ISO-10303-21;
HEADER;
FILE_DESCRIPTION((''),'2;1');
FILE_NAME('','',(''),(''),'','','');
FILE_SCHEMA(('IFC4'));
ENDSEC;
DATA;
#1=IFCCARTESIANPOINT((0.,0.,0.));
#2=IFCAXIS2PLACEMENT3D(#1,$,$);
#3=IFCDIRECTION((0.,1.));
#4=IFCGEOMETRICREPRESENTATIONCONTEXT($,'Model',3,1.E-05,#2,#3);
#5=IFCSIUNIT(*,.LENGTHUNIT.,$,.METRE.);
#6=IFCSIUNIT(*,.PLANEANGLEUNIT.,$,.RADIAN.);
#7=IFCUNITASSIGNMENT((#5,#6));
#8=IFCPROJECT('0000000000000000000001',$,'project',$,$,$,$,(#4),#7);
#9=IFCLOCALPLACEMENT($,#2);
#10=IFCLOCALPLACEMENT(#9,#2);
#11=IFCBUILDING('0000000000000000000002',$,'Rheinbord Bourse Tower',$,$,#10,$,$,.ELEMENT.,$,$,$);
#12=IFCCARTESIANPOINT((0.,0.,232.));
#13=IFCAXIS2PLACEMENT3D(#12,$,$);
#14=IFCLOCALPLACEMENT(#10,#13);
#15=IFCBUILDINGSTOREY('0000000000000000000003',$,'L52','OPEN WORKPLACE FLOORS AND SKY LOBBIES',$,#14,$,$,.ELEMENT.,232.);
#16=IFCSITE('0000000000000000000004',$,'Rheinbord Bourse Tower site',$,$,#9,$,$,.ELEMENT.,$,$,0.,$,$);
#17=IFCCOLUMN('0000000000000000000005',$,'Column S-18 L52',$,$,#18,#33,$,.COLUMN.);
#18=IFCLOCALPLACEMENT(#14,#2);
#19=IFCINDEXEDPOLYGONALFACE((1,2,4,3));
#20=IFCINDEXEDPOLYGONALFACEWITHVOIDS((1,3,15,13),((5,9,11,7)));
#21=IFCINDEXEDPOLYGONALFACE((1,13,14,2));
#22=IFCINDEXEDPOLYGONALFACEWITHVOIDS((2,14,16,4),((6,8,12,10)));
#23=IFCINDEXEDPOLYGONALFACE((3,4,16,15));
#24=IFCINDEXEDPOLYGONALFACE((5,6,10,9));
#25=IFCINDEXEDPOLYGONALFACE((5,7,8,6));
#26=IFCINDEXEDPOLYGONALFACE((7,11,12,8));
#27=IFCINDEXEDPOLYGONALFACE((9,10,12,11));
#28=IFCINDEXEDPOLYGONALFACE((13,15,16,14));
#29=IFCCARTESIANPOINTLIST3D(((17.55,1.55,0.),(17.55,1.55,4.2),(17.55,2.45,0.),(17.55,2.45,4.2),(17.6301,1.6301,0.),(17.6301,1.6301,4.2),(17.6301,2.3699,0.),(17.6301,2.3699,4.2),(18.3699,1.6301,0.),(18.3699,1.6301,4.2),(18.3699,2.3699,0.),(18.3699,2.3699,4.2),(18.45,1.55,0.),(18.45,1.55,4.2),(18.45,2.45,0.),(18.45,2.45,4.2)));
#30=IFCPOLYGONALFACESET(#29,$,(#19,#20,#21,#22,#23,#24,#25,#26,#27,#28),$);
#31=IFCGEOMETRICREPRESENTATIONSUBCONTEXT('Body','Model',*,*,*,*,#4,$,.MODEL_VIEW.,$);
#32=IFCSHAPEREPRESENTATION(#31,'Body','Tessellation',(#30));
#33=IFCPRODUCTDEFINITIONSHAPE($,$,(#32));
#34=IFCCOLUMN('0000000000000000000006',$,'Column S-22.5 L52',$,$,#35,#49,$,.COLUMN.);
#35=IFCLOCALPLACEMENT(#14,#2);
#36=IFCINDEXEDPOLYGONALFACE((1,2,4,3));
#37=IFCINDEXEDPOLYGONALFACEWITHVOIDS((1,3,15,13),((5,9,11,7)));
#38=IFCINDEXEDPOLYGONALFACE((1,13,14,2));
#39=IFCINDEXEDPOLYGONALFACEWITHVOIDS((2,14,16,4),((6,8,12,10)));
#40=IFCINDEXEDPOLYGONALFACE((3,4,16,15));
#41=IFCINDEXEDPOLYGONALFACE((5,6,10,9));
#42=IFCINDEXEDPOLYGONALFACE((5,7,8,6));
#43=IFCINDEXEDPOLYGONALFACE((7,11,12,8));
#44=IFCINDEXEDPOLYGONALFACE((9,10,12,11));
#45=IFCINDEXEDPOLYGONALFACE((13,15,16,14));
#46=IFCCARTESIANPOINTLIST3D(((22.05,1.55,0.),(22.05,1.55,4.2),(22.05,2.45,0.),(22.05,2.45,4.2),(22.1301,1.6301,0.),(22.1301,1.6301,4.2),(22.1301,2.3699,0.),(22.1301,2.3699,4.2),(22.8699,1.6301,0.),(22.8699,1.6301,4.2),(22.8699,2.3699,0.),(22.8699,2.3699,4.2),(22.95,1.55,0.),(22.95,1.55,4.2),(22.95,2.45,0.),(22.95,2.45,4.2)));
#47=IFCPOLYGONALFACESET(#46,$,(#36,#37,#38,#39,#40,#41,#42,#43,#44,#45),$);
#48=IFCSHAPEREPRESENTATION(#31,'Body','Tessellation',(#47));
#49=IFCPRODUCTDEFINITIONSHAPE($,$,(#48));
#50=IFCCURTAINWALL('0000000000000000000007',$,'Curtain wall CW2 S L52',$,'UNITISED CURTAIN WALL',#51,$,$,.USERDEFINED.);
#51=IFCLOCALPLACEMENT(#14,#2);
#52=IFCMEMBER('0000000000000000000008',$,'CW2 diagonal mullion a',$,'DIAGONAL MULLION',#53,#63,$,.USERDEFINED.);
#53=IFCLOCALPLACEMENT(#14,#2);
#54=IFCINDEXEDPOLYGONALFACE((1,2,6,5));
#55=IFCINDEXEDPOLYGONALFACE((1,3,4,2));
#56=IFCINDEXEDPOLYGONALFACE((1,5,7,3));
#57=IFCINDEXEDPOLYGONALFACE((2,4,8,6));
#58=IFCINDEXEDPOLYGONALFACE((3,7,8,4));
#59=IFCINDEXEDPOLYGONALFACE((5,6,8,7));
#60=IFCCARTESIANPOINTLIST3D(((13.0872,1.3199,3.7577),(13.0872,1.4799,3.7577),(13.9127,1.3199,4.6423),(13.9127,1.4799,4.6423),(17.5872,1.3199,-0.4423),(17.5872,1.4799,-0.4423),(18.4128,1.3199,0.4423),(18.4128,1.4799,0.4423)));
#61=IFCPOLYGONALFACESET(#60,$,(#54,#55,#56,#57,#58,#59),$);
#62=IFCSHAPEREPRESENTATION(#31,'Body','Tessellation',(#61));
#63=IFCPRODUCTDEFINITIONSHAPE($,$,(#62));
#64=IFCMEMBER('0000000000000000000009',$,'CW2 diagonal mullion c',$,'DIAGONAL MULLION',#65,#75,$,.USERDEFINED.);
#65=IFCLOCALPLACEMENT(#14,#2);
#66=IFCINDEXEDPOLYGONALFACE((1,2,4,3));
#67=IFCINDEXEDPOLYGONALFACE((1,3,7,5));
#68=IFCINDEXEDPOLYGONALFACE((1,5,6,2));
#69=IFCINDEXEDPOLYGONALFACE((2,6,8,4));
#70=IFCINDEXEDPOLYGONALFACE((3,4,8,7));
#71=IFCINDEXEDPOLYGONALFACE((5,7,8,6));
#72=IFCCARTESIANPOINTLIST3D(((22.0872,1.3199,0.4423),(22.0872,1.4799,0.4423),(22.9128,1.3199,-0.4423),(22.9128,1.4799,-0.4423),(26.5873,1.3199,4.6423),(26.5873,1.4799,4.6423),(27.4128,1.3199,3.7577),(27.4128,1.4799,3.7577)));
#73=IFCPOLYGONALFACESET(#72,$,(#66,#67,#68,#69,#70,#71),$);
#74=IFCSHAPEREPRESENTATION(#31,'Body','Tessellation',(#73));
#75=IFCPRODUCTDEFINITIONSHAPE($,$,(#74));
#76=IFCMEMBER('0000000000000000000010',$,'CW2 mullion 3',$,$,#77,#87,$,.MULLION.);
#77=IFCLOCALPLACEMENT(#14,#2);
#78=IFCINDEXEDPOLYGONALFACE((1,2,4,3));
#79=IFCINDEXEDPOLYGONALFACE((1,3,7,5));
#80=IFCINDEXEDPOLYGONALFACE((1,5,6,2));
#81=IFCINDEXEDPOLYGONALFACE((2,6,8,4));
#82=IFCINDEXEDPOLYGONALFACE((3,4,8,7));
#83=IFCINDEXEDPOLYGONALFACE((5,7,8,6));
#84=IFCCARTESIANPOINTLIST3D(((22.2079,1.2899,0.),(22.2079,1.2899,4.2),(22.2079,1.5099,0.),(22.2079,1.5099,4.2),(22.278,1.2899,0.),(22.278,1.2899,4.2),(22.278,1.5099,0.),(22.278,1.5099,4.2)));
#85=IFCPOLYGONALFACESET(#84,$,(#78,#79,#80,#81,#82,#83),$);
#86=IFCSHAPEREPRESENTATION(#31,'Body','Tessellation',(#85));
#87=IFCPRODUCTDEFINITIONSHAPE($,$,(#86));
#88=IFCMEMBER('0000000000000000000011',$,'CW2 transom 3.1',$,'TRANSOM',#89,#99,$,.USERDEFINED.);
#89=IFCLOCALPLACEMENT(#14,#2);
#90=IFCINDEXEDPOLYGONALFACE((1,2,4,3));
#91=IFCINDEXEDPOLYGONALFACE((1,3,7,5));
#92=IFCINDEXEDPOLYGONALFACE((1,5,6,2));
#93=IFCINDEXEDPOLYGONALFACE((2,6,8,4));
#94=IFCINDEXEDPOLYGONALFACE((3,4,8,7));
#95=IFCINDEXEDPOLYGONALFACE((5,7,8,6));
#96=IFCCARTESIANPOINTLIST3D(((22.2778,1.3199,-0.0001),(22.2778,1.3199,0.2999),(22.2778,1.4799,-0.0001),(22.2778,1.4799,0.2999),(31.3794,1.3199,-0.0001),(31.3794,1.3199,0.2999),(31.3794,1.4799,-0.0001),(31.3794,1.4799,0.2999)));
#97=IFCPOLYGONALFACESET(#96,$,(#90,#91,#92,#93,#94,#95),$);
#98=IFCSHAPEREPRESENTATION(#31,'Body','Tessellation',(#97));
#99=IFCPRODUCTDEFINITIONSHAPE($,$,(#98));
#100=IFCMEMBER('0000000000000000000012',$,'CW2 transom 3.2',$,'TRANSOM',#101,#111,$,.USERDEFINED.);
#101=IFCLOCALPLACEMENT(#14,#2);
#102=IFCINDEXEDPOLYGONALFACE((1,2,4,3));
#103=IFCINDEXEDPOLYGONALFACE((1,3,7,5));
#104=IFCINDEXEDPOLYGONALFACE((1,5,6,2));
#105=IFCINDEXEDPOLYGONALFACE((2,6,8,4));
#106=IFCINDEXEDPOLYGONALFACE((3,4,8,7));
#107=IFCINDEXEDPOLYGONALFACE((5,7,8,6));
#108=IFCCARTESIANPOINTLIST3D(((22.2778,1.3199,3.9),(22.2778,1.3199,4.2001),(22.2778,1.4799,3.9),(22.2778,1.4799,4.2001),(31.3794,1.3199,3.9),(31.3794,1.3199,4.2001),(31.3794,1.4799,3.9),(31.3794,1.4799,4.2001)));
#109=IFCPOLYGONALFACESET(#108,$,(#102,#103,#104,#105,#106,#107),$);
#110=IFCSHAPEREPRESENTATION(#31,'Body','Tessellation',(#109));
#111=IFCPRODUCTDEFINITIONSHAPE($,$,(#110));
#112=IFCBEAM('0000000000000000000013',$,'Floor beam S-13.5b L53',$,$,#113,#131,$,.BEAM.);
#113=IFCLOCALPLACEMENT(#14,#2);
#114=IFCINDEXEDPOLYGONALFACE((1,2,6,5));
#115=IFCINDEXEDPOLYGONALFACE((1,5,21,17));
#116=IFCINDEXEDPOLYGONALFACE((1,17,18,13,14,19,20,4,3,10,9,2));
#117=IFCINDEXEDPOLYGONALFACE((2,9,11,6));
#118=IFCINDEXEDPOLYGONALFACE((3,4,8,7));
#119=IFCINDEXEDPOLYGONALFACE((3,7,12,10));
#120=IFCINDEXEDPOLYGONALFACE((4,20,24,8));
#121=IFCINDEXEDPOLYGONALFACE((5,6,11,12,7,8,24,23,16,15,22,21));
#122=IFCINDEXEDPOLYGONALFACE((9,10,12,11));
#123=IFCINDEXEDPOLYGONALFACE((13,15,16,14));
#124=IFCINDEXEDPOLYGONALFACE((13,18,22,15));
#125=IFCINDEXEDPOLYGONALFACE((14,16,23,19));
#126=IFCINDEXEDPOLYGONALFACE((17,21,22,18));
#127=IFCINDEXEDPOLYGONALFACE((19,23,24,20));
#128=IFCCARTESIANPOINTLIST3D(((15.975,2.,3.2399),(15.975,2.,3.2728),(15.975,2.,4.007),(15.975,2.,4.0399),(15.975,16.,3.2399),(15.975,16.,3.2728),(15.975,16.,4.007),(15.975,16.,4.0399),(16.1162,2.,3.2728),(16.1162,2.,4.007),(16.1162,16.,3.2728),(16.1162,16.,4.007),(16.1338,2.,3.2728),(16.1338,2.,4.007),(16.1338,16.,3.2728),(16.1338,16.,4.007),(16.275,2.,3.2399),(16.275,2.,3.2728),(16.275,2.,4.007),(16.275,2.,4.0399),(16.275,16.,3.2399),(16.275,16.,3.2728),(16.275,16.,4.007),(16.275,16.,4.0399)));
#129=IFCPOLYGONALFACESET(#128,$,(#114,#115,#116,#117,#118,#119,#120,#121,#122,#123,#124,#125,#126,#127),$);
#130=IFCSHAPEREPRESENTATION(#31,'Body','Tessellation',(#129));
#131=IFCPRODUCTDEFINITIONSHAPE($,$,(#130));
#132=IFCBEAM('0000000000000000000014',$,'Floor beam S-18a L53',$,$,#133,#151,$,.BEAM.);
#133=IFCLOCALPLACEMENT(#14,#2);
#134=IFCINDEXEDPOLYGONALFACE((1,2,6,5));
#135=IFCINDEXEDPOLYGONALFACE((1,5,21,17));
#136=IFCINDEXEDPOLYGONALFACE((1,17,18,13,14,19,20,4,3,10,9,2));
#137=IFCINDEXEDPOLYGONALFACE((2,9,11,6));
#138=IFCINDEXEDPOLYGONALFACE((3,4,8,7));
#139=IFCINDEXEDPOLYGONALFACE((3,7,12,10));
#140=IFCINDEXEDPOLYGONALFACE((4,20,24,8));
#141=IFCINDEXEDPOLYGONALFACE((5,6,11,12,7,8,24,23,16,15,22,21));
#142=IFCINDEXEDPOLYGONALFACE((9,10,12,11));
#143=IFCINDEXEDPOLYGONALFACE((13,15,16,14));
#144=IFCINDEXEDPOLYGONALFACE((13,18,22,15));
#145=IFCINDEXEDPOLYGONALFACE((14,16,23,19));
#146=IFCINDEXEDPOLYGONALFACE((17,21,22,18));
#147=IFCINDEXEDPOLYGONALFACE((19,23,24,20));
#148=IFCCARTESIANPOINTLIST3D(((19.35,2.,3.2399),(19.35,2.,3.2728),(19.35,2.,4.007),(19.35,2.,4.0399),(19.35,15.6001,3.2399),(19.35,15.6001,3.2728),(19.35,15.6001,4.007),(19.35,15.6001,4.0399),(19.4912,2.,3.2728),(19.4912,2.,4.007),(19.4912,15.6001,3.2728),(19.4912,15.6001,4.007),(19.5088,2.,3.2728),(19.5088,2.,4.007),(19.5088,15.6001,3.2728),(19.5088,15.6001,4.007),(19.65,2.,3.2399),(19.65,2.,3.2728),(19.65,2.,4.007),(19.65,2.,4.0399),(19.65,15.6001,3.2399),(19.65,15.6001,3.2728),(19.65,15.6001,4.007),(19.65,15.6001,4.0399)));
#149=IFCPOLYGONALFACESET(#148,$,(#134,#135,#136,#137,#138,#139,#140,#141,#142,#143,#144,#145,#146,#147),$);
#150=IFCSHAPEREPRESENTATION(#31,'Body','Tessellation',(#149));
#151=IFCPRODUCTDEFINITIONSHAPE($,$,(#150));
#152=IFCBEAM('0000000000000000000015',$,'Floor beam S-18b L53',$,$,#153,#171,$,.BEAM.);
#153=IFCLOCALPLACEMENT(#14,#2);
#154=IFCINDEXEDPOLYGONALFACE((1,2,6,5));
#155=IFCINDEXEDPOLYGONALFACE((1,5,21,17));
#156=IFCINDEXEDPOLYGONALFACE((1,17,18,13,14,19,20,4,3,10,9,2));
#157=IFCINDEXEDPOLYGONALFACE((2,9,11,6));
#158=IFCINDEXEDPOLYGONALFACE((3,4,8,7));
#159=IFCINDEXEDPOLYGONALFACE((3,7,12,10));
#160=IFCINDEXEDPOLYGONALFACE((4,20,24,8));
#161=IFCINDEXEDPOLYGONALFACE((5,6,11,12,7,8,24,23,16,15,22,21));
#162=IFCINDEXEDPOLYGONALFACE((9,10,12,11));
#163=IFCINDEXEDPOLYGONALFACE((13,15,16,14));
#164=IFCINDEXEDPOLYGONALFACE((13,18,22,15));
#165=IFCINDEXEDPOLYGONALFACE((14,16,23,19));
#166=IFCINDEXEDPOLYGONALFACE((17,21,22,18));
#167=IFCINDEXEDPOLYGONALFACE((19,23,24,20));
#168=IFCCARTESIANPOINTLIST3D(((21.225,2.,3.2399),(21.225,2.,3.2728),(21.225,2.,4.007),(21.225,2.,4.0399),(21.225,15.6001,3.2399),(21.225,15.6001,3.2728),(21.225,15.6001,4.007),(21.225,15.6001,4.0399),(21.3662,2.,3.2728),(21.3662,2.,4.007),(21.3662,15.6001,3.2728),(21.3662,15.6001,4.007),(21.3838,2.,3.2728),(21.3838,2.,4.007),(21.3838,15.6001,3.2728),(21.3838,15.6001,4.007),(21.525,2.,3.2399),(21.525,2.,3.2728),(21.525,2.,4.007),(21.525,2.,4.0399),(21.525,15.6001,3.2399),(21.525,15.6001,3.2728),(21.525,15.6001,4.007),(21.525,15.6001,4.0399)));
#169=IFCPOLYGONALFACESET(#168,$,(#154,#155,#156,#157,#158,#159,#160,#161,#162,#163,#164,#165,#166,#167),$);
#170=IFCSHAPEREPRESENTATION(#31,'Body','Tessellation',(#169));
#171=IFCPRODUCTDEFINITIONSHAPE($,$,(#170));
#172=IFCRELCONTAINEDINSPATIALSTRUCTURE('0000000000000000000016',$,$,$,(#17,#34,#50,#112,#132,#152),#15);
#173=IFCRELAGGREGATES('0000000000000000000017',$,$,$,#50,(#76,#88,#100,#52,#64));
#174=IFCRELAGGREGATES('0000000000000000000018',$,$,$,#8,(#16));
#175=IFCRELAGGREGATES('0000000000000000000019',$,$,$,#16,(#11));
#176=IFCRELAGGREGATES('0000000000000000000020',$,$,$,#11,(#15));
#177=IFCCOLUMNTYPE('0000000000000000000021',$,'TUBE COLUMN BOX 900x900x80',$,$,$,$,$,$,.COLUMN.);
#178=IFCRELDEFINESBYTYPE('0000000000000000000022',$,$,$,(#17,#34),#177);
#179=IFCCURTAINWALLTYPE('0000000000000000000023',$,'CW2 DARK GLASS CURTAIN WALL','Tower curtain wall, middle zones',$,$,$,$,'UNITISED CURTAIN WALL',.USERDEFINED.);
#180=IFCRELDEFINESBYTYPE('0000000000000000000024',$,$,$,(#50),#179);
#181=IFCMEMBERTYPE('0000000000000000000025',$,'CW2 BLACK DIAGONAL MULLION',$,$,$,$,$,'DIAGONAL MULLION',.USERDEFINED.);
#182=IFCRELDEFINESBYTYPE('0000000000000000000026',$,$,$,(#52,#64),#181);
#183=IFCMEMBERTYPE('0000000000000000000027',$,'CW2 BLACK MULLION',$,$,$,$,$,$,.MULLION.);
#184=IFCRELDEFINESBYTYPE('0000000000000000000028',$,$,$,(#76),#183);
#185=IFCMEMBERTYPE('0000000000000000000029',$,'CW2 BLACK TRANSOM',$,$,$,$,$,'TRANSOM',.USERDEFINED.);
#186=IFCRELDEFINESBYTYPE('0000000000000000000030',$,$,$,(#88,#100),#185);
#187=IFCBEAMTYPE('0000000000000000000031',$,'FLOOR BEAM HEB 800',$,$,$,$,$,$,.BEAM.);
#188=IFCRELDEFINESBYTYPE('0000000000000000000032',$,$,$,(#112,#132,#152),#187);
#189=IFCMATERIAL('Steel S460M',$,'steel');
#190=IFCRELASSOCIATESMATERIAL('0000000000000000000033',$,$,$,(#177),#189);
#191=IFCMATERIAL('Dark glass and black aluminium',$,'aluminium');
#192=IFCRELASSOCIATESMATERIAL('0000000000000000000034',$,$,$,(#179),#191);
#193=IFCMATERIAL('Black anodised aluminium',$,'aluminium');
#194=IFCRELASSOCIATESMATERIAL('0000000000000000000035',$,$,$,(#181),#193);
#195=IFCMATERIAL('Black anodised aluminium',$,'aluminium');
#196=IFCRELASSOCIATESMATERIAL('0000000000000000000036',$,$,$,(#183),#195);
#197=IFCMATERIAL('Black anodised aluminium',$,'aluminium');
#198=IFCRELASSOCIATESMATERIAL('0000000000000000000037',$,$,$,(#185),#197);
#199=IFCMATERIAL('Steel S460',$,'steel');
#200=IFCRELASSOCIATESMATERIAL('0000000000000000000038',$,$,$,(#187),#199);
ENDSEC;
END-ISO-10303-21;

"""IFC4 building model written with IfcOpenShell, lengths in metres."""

from ifc_helpers import new_model, si_unit, direction, frame, origin, origin_2d, place, context, subcontext, project, spatial, rectangle, hollow_rectangle, i_section, extrude, material, material_profile, profile_set, type_object, element, aggregate, save


model = new_model("IFC4")

# Units and contexts
model_context = context("Model", 3, precision=1e-05, world=origin(), true_north=direction((0.0, 1.0)))
body_context = subcontext(model_context, "Body", "Model", "MODEL_VIEW")
ifc_project = project(units=[si_unit("LENGTHUNIT", "METRE"), si_unit("PLANEANGLEUNIT", "RADIAN")], contexts=[model_context])

# Site, building, storey
site_placement = place(None, origin())
site = spatial("IfcSite", under=ifc_project, at=site_placement, Name="Rheinbord Bourse Tower site", CompositionType="ELEMENT", RefElevation=0.0)
building_placement = place(site_placement, origin())
building = spatial("IfcBuilding", under=site, at=building_placement, Name="Rheinbord Bourse Tower", CompositionType="ELEMENT")
storey_placement = place(building_placement, frame((0.0, 0.0, 232.0)))
storey = spatial("IfcBuildingStorey", under=building, at=storey_placement, Name="L52", Description="OPEN WORKPLACE FLOORS AND SKY LOBBIES", CompositionType="ELEMENT", Elevation=232.0)

# Columns
ifc_material_1 = material(Name="Steel S460M", Category="steel")
ifc_material_profile_1 = material_profile(ifc_material_1, hollow_rectangle(XDim=0.8999, YDim=0.8999, WallThickness=0.0801, at=origin_2d()), Name="BOX 900x900x80")
ifc_profile_set_1 = profile_set([ifc_material_profile_1], Name="Steel S460M")
column_type = type_object("IfcColumnType", Name="TUBE COLUMN BOX 900x900x80", PredefinedType="COLUMN", material=ifc_profile_set_1)
for number, where, z_axis, x_axis, name in (
    (1, (18.0, 2.0, 0.0), (0.0, 0.0, 1.0), (0.0, 1.0, 0.0), "Column S-18 L52"),
    (2, (22.5, 2.0, 0.0), (0.0, 0.0, 1.0), (0.0, 1.0, 0.0), "Column S-22.5 L52"),
):
    element("IfcColumn", number, at=place(storey_placement, frame(where, z_axis=z_axis, x_axis=x_axis)), inside=storey, type_object=column_type, Name=name, PredefinedType="COLUMN", context=body_context, shape_type="SweptSolid", body=[
        extrude(hollow_rectangle(XDim=0.8999, YDim=0.8999, WallThickness=0.0801, at=origin_2d()), origin(), (0.0, 0.0, 1.0), 4.2),
    ])

# Curtain wall, members
ifc_material_2 = material(Name="Dark glass and black aluminium", Category="aluminium")
curtain_wall_type = type_object("IfcCurtainWallType", Name="CW2 DARK GLASS CURTAIN WALL", Description="Tower curtain wall, middle zones", ElementType="UNITISED CURTAIN WALL", PredefinedType="USERDEFINED", material=ifc_material_2)
curtain_wall_placement = place(storey_placement, origin())
curtain_wall = element("IfcCurtainWall", 3, at=curtain_wall_placement, inside=storey, type_object=curtain_wall_type, Name="Curtain wall CW2 S L52", ObjectType="UNITISED CURTAIN WALL", PredefinedType="USERDEFINED")
ifc_material_3 = material(Name="Black anodised aluminium", Category="aluminium")
ifc_material_profile_2 = material_profile(ifc_material_3, rectangle(XDim=0.1599, YDim=1.21, at=origin_2d()), Name="CW2 DIAGONAL MULLION 1210x160")
ifc_profile_set_2 = profile_set([ifc_material_profile_2], Name="Black anodised aluminium")
member_type_1 = type_object("IfcMemberType", Name="CW2 BLACK DIAGONAL MULLION", ElementType="DIAGONAL MULLION", PredefinedType="USERDEFINED", material=ifc_profile_set_2)
member_1_placement = place(storey_placement, frame((18.0, 1.3999, 0.0), z_axis=(-0.731059, 0.0, 0.682314), x_axis=(0.0, -1.0, 0.0)))
member_1 = element("IfcMember", 4, at=member_1_placement, type_object=member_type_1, Name="CW2 diagonal mullion a", ObjectType="DIAGONAL MULLION", PredefinedType="USERDEFINED", context=body_context, shape_type="SweptSolid", body=[
    extrude(rectangle(XDim=0.1599, YDim=1.21, at=origin_2d()), origin(), (0.0, 0.0, 1.0), 6.1555),
])
member_2_placement = place(storey_placement, frame((22.5, 1.3999, 0.0), z_axis=(0.731059, 0.0, 0.682314), x_axis=(0.0, 1.0, 0.0)))
member_2 = element("IfcMember", 5, at=member_2_placement, type_object=member_type_1, Name="CW2 diagonal mullion c", ObjectType="DIAGONAL MULLION", PredefinedType="USERDEFINED", context=body_context, shape_type="SweptSolid", body=[
    extrude(rectangle(XDim=0.1599, YDim=1.21, at=origin_2d()), origin(), (0.0, 0.0, 1.0), 6.1555),
])
ifc_material_4 = material(Name="Black anodised aluminium", Category="aluminium")
ifc_material_profile_3 = material_profile(ifc_material_4, rectangle(XDim=0.22, YDim=0.0701, at=origin_2d()), Name="CW2 MULLION 70x220")
ifc_profile_set_3 = profile_set([ifc_material_profile_3], Name="Black anodised aluminium")
member_type_2 = type_object("IfcMemberType", Name="CW2 BLACK MULLION", PredefinedType="MULLION", material=ifc_profile_set_3)
member_3_placement = place(storey_placement, frame((22.2429, 1.3999, 0.0), z_axis=(0.0, 0.0, 1.0), x_axis=(0.0, 1.0, 0.0)))
member_3 = element("IfcMember", 6, at=member_3_placement, type_object=member_type_2, Name="CW2 mullion 3", PredefinedType="MULLION", context=body_context, shape_type="SweptSolid", body=[
    extrude(rectangle(XDim=0.22, YDim=0.0701, at=origin_2d()), origin(), (0.0, 0.0, 1.0), 4.2),
])
ifc_material_5 = material(Name="Black anodised aluminium", Category="aluminium")
ifc_material_profile_4 = material_profile(ifc_material_5, rectangle(XDim=0.1599, YDim=0.3, at=origin_2d()), Name="CW2 TRANSOM 300x160")
ifc_profile_set_4 = profile_set([ifc_material_profile_4], Name="Black anodised aluminium")
member_type_3 = type_object("IfcMemberType", Name="CW2 BLACK TRANSOM", ElementType="TRANSOM", PredefinedType="USERDEFINED", material=ifc_profile_set_4)
member_4_placement = place(storey_placement, frame((22.2778, 1.3999, 0.1499), z_axis=(1.0, 0.0, 0.0), x_axis=(0.0, 1.0, 0.0)))
member_4 = element("IfcMember", 7, at=member_4_placement, type_object=member_type_3, Name="CW2 transom 3.1", ObjectType="TRANSOM", PredefinedType="USERDEFINED", context=body_context, shape_type="SweptSolid", body=[
    extrude(rectangle(XDim=0.1599, YDim=0.3, at=origin_2d()), origin(), (0.0, 0.0, 1.0), 9.1016),
])
member_5_placement = place(storey_placement, frame((22.2778, 1.3999, 4.05), z_axis=(1.0, 0.0, 0.0), x_axis=(0.0, 1.0, 0.0)))
member_5 = element("IfcMember", 8, at=member_5_placement, type_object=member_type_3, Name="CW2 transom 3.2", ObjectType="TRANSOM", PredefinedType="USERDEFINED", context=body_context, shape_type="SweptSolid", body=[
    extrude(rectangle(XDim=0.1599, YDim=0.3, at=origin_2d()), origin(), (0.0, 0.0, 1.0), 9.1016),
])

# Beams
ifc_material_6 = material(Name="Steel S460", Category="steel")
ifc_material_profile_5 = material_profile(ifc_material_6, i_section(OverallWidth=0.3, OverallDepth=0.8, WebThickness=0.0176, FlangeThickness=0.033, at=origin_2d()), Name="HEB 800")
ifc_profile_set_5 = profile_set([ifc_material_profile_5], Name="Steel S460")
beam_type_1 = type_object("IfcBeamType", Name="FLOOR BEAM HEB 800", PredefinedType="BEAM", material=ifc_profile_set_5)
beam_placement = place(storey_placement, frame((16.125, 2.0, 3.6399), z_axis=(0.0, 1.0, 0.0), x_axis=(-1.0, 0.0, 0.0)))
element("IfcBeam", 9, at=beam_placement, inside=storey, type_object=beam_type_1, Name="Floor beam S-13.5b L53", PredefinedType="BEAM", context=body_context, shape_type="SweptSolid", body=[
    extrude(i_section(OverallWidth=0.3, OverallDepth=0.8, WebThickness=0.0176, FlangeThickness=0.033, at=origin_2d()), origin(), (0.0, 0.0, 1.0), 14.0),
])
for number, where, z_axis, x_axis, name in (
    (10, (19.5, 2.0, 3.6399), (0.0, 1.0, 0.0), (-1.0, 0.0, 0.0), "Floor beam S-18a L53"),
    (11, (21.375, 2.0, 3.6399), (0.0, 1.0, 0.0), (-1.0, 0.0, 0.0), "Floor beam S-18b L53"),
):
    element("IfcBeam", number, at=place(storey_placement, frame(where, z_axis=z_axis, x_axis=x_axis)), inside=storey, type_object=beam_type_1, Name=name, PredefinedType="BEAM", context=body_context, shape_type="SweptSolid", body=[
        extrude(i_section(OverallWidth=0.3, OverallDepth=0.8, WebThickness=0.0176, FlangeThickness=0.033, at=origin_2d()), origin(), (0.0, 0.0, 1.0), 13.6001),
    ])

aggregate(curtain_wall, [member_3, member_4, member_5, member_1, member_2])

save(model, "model.ifc")
